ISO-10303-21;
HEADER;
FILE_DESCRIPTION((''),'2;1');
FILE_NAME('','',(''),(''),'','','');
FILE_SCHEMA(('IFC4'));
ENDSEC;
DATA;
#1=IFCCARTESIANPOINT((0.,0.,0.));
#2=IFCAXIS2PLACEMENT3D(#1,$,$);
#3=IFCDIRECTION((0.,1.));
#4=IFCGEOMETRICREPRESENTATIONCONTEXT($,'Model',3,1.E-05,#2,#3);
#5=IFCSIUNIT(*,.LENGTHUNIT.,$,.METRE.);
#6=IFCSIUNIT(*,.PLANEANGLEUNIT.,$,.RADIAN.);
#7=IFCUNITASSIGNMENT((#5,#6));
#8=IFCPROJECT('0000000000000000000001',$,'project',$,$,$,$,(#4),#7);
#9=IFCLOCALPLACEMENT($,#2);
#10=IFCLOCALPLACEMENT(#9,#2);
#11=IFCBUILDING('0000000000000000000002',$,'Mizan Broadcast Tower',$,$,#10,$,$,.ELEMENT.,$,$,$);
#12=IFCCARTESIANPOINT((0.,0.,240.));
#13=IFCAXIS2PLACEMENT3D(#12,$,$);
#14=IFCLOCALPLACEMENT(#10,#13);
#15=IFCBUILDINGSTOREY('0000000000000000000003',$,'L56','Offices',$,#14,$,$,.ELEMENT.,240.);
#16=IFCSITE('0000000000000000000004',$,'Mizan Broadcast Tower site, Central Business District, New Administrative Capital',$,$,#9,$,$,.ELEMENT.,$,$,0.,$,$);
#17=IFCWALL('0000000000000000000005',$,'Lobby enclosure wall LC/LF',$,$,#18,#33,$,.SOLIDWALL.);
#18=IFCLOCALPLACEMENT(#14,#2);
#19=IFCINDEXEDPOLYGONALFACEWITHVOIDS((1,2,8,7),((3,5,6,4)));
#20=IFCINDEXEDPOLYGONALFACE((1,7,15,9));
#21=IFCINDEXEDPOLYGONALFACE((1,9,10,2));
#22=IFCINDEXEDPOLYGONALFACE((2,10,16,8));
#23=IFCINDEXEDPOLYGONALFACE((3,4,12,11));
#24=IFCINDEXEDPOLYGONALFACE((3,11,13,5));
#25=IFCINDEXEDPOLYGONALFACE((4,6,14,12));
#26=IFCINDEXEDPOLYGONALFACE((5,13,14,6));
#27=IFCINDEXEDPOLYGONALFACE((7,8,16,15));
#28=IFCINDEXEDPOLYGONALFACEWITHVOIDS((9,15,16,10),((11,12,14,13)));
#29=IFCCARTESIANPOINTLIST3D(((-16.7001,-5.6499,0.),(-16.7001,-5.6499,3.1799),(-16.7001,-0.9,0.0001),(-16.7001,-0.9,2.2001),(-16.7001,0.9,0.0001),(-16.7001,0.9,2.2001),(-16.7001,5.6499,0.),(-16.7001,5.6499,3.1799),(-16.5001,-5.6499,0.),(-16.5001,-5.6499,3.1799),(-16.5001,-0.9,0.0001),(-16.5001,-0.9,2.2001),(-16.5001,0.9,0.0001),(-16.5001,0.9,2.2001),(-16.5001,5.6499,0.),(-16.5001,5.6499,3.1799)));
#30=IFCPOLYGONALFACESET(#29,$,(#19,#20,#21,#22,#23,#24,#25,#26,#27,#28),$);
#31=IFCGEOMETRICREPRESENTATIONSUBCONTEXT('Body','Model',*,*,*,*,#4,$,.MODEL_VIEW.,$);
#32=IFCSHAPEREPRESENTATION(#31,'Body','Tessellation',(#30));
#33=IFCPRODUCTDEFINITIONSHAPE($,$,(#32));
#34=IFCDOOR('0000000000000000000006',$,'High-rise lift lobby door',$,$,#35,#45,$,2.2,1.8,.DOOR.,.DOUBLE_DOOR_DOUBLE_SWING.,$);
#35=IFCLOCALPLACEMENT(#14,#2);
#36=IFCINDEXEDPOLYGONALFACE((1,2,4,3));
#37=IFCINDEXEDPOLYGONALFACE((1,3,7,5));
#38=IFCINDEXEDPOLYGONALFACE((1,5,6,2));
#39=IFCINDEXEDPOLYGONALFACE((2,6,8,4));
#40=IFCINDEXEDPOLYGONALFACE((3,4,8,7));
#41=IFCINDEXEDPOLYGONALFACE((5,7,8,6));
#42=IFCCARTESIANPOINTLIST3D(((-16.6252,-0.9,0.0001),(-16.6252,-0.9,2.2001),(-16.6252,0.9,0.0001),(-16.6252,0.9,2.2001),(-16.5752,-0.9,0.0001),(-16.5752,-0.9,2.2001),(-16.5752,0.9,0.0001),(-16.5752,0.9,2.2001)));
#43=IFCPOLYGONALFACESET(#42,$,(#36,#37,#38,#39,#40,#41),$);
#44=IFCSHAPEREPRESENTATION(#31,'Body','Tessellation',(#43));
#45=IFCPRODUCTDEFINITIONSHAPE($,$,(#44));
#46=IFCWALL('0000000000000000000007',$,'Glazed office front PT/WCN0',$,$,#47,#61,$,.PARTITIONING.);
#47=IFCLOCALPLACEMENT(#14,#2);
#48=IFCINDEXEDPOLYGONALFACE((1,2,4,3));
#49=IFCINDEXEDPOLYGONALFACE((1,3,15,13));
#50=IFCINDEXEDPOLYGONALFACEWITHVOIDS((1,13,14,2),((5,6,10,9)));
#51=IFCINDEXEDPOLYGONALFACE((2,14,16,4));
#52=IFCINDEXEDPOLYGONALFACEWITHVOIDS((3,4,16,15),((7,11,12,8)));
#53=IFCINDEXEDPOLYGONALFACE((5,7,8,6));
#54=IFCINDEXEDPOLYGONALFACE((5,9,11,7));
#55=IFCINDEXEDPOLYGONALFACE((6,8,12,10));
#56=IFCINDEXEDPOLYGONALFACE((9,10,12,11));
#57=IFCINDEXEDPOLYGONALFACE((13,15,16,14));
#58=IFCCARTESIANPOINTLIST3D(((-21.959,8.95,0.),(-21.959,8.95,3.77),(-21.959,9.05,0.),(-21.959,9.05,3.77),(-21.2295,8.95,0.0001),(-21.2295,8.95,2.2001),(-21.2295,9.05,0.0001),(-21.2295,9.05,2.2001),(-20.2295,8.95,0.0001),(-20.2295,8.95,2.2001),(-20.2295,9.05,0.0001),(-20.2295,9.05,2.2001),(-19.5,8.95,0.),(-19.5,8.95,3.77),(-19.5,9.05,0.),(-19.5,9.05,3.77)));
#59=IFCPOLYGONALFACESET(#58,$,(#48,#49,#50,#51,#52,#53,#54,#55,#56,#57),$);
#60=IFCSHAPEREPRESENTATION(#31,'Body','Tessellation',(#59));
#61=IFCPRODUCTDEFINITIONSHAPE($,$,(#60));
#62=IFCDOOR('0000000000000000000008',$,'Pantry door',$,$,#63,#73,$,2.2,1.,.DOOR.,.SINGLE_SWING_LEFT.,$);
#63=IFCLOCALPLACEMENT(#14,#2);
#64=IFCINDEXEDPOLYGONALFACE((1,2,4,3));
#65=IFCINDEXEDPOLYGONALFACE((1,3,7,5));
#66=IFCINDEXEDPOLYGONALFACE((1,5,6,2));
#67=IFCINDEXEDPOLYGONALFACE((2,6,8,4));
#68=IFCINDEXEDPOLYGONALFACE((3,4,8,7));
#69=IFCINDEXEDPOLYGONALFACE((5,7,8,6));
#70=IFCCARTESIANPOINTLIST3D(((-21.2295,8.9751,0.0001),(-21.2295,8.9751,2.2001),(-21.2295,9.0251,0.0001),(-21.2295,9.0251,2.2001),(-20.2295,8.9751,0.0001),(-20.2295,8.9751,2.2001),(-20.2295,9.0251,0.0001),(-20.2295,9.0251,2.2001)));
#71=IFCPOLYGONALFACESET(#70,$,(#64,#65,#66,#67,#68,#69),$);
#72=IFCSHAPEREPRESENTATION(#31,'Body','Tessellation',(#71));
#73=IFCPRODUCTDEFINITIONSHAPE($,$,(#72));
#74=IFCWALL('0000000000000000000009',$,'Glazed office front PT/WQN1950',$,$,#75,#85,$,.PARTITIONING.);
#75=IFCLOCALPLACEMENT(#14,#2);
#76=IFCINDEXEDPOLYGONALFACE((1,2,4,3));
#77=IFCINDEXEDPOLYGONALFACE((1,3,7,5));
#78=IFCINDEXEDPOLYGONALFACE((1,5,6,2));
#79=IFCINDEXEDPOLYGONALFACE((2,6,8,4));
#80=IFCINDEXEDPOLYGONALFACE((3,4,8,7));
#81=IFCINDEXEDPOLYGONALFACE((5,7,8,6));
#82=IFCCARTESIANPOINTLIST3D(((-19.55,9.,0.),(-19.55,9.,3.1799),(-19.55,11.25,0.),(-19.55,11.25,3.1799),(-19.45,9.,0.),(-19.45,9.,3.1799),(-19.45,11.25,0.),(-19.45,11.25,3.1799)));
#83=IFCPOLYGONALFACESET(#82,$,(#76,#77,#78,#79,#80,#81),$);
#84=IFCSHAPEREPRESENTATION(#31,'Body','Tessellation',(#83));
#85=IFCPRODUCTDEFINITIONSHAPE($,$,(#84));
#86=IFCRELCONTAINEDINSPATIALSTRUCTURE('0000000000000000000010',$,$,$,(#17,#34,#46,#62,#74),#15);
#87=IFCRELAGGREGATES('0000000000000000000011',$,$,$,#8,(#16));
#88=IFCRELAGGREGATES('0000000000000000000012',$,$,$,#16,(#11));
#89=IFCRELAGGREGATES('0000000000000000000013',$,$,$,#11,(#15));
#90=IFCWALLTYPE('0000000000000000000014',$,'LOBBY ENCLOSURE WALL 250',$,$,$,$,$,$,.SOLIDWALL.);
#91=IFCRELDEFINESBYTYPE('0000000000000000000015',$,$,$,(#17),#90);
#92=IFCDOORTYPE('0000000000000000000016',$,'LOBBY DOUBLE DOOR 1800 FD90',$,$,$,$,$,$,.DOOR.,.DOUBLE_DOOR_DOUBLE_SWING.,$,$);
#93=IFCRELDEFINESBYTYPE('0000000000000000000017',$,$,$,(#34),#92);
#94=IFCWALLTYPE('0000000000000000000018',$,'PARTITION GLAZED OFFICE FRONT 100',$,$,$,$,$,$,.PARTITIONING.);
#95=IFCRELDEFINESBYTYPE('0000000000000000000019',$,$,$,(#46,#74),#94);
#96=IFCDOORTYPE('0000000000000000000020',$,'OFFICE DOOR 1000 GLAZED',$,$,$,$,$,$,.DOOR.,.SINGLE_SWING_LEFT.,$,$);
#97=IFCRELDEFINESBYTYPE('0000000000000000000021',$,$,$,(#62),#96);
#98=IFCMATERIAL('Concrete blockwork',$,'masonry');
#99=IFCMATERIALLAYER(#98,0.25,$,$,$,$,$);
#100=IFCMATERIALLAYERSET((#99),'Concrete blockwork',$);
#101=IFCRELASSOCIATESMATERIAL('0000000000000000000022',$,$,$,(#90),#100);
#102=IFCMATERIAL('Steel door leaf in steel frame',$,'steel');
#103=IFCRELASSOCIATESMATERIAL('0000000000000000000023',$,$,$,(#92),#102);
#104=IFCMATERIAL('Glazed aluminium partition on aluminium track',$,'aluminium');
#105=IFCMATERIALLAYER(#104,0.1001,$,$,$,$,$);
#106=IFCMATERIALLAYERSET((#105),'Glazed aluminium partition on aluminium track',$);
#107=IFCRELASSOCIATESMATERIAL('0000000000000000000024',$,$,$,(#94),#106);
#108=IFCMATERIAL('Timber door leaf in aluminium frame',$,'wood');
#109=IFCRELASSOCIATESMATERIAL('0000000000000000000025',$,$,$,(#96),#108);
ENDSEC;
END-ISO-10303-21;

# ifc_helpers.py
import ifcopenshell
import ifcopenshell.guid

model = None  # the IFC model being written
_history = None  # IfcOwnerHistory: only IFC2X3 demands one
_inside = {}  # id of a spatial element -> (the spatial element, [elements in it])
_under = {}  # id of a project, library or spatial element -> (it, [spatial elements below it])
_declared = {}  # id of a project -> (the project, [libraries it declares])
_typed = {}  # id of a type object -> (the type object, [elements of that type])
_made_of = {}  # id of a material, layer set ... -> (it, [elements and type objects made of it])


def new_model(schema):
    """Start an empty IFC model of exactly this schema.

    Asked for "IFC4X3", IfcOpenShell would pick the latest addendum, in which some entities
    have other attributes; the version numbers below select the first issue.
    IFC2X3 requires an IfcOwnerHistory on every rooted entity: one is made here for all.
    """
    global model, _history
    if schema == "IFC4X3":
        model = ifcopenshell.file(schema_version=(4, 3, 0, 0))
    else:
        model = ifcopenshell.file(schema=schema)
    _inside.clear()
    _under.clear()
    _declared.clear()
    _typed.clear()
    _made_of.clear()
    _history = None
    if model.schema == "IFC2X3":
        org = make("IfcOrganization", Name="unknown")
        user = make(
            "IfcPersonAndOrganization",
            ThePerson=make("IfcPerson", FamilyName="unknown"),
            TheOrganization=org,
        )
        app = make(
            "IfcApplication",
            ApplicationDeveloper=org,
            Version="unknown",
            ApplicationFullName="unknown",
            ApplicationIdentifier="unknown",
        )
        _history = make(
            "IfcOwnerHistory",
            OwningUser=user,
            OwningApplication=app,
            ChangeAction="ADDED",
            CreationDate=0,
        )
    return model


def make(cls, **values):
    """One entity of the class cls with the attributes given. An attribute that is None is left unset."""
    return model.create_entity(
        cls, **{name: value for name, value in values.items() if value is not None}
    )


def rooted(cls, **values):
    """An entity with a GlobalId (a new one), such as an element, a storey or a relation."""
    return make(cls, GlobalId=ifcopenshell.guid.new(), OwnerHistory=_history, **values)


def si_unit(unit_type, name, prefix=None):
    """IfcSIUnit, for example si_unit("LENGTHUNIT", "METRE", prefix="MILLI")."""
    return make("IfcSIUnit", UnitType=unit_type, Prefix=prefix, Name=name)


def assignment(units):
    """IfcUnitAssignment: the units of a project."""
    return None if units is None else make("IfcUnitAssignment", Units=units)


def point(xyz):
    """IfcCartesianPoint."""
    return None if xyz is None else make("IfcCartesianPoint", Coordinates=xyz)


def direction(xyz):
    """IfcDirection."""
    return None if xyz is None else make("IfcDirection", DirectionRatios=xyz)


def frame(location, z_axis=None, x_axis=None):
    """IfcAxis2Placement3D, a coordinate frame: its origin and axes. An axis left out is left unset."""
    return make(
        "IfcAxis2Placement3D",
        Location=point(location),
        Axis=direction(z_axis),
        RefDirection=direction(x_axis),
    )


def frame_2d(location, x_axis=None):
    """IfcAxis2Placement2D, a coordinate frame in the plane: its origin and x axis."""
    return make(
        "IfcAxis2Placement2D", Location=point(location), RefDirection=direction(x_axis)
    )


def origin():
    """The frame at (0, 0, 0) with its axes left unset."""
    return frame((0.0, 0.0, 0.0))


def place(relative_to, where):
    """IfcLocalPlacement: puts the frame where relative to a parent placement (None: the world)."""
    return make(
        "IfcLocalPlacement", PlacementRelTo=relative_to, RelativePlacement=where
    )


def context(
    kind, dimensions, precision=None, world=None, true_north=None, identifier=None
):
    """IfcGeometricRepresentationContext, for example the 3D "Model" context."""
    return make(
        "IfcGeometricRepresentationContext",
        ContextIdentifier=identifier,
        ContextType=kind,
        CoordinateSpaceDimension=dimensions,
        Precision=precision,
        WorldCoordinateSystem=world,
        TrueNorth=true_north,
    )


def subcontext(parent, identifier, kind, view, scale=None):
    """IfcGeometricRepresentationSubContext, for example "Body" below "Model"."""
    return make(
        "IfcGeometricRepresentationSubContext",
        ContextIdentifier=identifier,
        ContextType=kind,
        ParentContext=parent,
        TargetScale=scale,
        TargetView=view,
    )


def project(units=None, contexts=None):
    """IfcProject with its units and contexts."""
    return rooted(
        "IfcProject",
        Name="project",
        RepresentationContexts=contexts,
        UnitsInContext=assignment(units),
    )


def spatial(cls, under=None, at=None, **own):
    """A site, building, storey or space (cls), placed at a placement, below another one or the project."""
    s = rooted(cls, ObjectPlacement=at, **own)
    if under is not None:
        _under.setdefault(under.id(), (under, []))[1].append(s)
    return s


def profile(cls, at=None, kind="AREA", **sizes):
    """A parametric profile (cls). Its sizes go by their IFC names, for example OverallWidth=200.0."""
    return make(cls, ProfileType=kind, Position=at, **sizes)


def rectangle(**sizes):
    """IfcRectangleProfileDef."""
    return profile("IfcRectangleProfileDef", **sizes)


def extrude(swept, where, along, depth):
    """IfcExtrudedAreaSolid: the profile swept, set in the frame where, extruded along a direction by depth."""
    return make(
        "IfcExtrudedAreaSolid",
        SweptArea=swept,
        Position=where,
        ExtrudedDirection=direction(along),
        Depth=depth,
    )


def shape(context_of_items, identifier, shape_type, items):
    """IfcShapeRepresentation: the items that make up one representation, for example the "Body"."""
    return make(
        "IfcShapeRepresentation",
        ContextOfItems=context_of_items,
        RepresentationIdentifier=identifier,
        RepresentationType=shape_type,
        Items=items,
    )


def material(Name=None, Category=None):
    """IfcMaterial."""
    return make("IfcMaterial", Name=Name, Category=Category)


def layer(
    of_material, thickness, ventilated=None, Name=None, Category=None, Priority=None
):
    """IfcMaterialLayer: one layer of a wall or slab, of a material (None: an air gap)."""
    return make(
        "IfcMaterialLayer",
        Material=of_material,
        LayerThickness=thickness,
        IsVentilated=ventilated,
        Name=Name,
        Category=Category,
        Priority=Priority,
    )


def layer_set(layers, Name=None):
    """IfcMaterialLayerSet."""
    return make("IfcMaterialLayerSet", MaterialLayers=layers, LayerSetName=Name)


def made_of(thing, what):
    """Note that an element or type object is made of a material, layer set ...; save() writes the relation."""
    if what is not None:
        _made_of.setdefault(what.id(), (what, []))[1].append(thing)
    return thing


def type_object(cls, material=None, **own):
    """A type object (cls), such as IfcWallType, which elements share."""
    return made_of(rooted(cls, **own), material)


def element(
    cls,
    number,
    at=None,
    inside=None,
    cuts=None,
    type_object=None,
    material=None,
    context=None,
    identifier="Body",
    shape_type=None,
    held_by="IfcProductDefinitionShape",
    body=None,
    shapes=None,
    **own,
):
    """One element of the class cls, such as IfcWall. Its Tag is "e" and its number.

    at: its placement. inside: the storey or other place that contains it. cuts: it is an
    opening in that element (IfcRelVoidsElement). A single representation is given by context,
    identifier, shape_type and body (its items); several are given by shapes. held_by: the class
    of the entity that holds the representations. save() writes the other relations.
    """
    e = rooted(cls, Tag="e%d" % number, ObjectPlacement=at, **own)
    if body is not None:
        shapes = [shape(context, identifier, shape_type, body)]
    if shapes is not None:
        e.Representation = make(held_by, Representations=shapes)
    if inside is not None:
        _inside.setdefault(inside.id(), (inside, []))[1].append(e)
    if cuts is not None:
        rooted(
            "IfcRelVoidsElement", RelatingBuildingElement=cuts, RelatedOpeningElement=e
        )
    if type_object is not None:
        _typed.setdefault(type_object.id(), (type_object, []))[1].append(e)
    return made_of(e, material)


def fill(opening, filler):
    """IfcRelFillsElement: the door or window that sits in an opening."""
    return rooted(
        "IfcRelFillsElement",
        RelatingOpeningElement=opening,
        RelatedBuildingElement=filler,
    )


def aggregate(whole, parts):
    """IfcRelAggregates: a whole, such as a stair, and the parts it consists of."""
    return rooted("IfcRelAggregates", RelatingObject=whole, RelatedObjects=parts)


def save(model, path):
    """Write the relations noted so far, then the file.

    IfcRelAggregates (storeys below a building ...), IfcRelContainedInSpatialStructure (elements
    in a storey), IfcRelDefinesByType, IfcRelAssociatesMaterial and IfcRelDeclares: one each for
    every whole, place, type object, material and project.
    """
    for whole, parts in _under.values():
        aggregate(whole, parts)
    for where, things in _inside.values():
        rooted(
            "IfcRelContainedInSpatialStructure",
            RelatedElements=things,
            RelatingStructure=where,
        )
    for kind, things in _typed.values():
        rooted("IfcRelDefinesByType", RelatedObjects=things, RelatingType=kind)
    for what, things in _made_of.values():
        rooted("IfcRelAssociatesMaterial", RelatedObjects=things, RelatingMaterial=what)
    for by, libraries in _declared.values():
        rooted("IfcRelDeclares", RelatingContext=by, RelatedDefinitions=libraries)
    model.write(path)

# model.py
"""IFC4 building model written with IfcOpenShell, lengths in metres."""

from ifc_helpers import new_model, si_unit, direction, frame, frame_2d, origin, place, context, subcontext, project, spatial, rectangle, extrude, material, layer, layer_set, type_object, element, fill, save


model = new_model("IFC4")

# Units and contexts
model_context = context("Model", 3, precision=1e-05, world=origin(), true_north=direction((0.0, 1.0)))
body_context = subcontext(model_context, "Body", "Model", "MODEL_VIEW")
ifc_project = project(units=[si_unit("LENGTHUNIT", "METRE"), si_unit("PLANEANGLEUNIT", "RADIAN")], contexts=[model_context])

# Site, building, storey
site_placement = place(None, origin())
site = spatial("IfcSite", under=ifc_project, at=site_placement, Name="Mizan Broadcast Tower site, Central Business District, New Administrative Capital", CompositionType="ELEMENT", RefElevation=0.0)
building_placement = place(site_placement, origin())
building = spatial("IfcBuilding", under=site, at=building_placement, Name="Mizan Broadcast Tower", CompositionType="ELEMENT")
storey_placement = place(building_placement, frame((0.0, 0.0, 240.0)))
storey = spatial("IfcBuildingStorey", under=building, at=storey_placement, Name="L56", Description="Offices", CompositionType="ELEMENT", Elevation=240.0)

# Walls, openings, doors
ifc_material_1 = material(Name="Concrete blockwork", Category="masonry")
ifc_layer_1 = layer(ifc_material_1, 0.25)
ifc_layer_set_1 = layer_set([ifc_layer_1], Name="Concrete blockwork")
wall_type_1 = type_object("IfcWallType", Name="LOBBY ENCLOSURE WALL 250", PredefinedType="SOLIDWALL", material=ifc_layer_set_1)
wall_1_placement = place(storey_placement, frame((-16.6001, 5.6499, 0.0), z_axis=(0.0, 0.0, 1.0), x_axis=(0.0, -1.0, 0.0)))
wall_1 = element("IfcWall", 1, at=wall_1_placement, inside=storey, type_object=wall_type_1, Name="Lobby enclosure wall LC/LF", PredefinedType="SOLIDWALL", context=body_context, shape_type="SweptSolid", body=[
    extrude(rectangle(XDim=11.2998, YDim=0.2, at=frame_2d((5.6499, 0.0))), origin(), (0.0, 0.0, 1.0), 3.1799),
])
opening_1_placement = place(wall_1_placement, frame((4.75, 0.0, 0.0)))
opening_1 = element("IfcOpeningElement", 2, at=opening_1_placement, cuts=wall_1, PredefinedType="OPENING", context=body_context, shape_type="SweptSolid", body=[
    extrude(rectangle(XDim=1.8, YDim=2.2, at=frame_2d((0.8999, 1.1001))), frame((0.0, 0.1099, 0.0), z_axis=(0.0, -1.0, 0.0), x_axis=(1.0, 0.0, 0.0)), (0.0, 0.0, 1.0), 0.22),
])
ifc_material_2 = material(Name="Steel door leaf in steel frame", Category="steel")
door_type_1 = type_object("IfcDoorType", Name="LOBBY DOUBLE DOOR 1800 FD90", OperationType="DOUBLE_DOOR_DOUBLE_SWING", PredefinedType="DOOR", material=ifc_material_2)
door_1_placement = place(opening_1_placement, origin())
door_1 = element("IfcDoor", 3, at=door_1_placement, inside=storey, type_object=door_type_1, Name="High-rise lift lobby door", OperationType="DOUBLE_DOOR_DOUBLE_SWING", OverallHeight=2.2, OverallWidth=1.8, PredefinedType="DOOR", context=body_context, shape_type="SweptSolid", body=[
    extrude(rectangle(XDim=1.8, YDim=2.2, at=frame_2d((0.8999, 1.1001))), frame((0.0, 0.0249, 0.0), z_axis=(0.0, -1.0, 0.0), x_axis=(1.0, 0.0, 0.0)), (0.0, 0.0, 1.0), 0.05),
])
fill(opening_1, door_1)
ifc_material_3 = material(Name="Glazed aluminium partition on aluminium track", Category="aluminium")
ifc_layer_2 = layer(ifc_material_3, 0.1001)
ifc_layer_set_2 = layer_set([ifc_layer_2], Name="Glazed aluminium partition on aluminium track")
wall_type_2 = type_object("IfcWallType", Name="PARTITION GLAZED OFFICE FRONT 100", PredefinedType="PARTITIONING", material=ifc_layer_set_2)
wall_2_placement = place(storey_placement, frame((-19.5, 9.0, 0.0), z_axis=(0.0, 0.0, 1.0), x_axis=(-1.0, 0.0, 0.0)))
wall_2 = element("IfcWall", 4, at=wall_2_placement, inside=storey, type_object=wall_type_2, Name="Glazed office front PT/WCN0", PredefinedType="PARTITIONING", context=body_context, shape_type="SweptSolid", body=[
    extrude(rectangle(XDim=2.459, YDim=0.1001, at=frame_2d((1.2295, 0.0))), origin(), (0.0, 0.0, 1.0), 3.77),
])
opening_2_placement = place(wall_2_placement, frame((0.7295, 0.0, 0.0)))
opening_2 = element("IfcOpeningElement", 5, at=opening_2_placement, cuts=wall_2, PredefinedType="OPENING", context=body_context, shape_type="SweptSolid", body=[
    extrude(rectangle(XDim=1.0, YDim=2.2, at=frame_2d((0.5, 1.1001))), frame((0.0, 0.0601, 0.0), z_axis=(0.0, -1.0, 0.0), x_axis=(1.0, 0.0, 0.0)), (0.0, 0.0, 1.0), 0.1201),
])
ifc_material_4 = material(Name="Timber door leaf in aluminium frame", Category="wood")
door_type_2 = type_object("IfcDoorType", Name="OFFICE DOOR 1000 GLAZED", OperationType="SINGLE_SWING_LEFT", PredefinedType="DOOR", material=ifc_material_4)
door_2_placement = place(opening_2_placement, origin())
door_2 = element("IfcDoor", 6, at=door_2_placement, inside=storey, type_object=door_type_2, Name="Pantry door", OperationType="SINGLE_SWING_LEFT", OverallHeight=2.2, OverallWidth=1.0, PredefinedType="DOOR", context=body_context, shape_type="SweptSolid", body=[
    extrude(rectangle(XDim=1.0, YDim=2.2, at=frame_2d((0.5, 1.1001))), frame((0.0, 0.0249, 0.0), z_axis=(0.0, -1.0, 0.0), x_axis=(1.0, 0.0, 0.0)), (0.0, 0.0, 1.0), 0.05),
])
fill(opening_2, door_2)

# Wall
wall_3_placement = place(storey_placement, frame((-19.5, 9.0, 0.0), z_axis=(0.0, 0.0, 1.0), x_axis=(0.0, 1.0, 0.0)))
element("IfcWall", 7, at=wall_3_placement, inside=storey, type_object=wall_type_2, Name="Glazed office front PT/WQN1950", PredefinedType="PARTITIONING", context=body_context, shape_type="SweptSolid", body=[
    extrude(rectangle(XDim=2.25, YDim=0.1001, at=frame_2d((1.125, 0.0))), origin(), (0.0, 0.0, 1.0), 3.1799),
])

save(model, "model.ifc")
